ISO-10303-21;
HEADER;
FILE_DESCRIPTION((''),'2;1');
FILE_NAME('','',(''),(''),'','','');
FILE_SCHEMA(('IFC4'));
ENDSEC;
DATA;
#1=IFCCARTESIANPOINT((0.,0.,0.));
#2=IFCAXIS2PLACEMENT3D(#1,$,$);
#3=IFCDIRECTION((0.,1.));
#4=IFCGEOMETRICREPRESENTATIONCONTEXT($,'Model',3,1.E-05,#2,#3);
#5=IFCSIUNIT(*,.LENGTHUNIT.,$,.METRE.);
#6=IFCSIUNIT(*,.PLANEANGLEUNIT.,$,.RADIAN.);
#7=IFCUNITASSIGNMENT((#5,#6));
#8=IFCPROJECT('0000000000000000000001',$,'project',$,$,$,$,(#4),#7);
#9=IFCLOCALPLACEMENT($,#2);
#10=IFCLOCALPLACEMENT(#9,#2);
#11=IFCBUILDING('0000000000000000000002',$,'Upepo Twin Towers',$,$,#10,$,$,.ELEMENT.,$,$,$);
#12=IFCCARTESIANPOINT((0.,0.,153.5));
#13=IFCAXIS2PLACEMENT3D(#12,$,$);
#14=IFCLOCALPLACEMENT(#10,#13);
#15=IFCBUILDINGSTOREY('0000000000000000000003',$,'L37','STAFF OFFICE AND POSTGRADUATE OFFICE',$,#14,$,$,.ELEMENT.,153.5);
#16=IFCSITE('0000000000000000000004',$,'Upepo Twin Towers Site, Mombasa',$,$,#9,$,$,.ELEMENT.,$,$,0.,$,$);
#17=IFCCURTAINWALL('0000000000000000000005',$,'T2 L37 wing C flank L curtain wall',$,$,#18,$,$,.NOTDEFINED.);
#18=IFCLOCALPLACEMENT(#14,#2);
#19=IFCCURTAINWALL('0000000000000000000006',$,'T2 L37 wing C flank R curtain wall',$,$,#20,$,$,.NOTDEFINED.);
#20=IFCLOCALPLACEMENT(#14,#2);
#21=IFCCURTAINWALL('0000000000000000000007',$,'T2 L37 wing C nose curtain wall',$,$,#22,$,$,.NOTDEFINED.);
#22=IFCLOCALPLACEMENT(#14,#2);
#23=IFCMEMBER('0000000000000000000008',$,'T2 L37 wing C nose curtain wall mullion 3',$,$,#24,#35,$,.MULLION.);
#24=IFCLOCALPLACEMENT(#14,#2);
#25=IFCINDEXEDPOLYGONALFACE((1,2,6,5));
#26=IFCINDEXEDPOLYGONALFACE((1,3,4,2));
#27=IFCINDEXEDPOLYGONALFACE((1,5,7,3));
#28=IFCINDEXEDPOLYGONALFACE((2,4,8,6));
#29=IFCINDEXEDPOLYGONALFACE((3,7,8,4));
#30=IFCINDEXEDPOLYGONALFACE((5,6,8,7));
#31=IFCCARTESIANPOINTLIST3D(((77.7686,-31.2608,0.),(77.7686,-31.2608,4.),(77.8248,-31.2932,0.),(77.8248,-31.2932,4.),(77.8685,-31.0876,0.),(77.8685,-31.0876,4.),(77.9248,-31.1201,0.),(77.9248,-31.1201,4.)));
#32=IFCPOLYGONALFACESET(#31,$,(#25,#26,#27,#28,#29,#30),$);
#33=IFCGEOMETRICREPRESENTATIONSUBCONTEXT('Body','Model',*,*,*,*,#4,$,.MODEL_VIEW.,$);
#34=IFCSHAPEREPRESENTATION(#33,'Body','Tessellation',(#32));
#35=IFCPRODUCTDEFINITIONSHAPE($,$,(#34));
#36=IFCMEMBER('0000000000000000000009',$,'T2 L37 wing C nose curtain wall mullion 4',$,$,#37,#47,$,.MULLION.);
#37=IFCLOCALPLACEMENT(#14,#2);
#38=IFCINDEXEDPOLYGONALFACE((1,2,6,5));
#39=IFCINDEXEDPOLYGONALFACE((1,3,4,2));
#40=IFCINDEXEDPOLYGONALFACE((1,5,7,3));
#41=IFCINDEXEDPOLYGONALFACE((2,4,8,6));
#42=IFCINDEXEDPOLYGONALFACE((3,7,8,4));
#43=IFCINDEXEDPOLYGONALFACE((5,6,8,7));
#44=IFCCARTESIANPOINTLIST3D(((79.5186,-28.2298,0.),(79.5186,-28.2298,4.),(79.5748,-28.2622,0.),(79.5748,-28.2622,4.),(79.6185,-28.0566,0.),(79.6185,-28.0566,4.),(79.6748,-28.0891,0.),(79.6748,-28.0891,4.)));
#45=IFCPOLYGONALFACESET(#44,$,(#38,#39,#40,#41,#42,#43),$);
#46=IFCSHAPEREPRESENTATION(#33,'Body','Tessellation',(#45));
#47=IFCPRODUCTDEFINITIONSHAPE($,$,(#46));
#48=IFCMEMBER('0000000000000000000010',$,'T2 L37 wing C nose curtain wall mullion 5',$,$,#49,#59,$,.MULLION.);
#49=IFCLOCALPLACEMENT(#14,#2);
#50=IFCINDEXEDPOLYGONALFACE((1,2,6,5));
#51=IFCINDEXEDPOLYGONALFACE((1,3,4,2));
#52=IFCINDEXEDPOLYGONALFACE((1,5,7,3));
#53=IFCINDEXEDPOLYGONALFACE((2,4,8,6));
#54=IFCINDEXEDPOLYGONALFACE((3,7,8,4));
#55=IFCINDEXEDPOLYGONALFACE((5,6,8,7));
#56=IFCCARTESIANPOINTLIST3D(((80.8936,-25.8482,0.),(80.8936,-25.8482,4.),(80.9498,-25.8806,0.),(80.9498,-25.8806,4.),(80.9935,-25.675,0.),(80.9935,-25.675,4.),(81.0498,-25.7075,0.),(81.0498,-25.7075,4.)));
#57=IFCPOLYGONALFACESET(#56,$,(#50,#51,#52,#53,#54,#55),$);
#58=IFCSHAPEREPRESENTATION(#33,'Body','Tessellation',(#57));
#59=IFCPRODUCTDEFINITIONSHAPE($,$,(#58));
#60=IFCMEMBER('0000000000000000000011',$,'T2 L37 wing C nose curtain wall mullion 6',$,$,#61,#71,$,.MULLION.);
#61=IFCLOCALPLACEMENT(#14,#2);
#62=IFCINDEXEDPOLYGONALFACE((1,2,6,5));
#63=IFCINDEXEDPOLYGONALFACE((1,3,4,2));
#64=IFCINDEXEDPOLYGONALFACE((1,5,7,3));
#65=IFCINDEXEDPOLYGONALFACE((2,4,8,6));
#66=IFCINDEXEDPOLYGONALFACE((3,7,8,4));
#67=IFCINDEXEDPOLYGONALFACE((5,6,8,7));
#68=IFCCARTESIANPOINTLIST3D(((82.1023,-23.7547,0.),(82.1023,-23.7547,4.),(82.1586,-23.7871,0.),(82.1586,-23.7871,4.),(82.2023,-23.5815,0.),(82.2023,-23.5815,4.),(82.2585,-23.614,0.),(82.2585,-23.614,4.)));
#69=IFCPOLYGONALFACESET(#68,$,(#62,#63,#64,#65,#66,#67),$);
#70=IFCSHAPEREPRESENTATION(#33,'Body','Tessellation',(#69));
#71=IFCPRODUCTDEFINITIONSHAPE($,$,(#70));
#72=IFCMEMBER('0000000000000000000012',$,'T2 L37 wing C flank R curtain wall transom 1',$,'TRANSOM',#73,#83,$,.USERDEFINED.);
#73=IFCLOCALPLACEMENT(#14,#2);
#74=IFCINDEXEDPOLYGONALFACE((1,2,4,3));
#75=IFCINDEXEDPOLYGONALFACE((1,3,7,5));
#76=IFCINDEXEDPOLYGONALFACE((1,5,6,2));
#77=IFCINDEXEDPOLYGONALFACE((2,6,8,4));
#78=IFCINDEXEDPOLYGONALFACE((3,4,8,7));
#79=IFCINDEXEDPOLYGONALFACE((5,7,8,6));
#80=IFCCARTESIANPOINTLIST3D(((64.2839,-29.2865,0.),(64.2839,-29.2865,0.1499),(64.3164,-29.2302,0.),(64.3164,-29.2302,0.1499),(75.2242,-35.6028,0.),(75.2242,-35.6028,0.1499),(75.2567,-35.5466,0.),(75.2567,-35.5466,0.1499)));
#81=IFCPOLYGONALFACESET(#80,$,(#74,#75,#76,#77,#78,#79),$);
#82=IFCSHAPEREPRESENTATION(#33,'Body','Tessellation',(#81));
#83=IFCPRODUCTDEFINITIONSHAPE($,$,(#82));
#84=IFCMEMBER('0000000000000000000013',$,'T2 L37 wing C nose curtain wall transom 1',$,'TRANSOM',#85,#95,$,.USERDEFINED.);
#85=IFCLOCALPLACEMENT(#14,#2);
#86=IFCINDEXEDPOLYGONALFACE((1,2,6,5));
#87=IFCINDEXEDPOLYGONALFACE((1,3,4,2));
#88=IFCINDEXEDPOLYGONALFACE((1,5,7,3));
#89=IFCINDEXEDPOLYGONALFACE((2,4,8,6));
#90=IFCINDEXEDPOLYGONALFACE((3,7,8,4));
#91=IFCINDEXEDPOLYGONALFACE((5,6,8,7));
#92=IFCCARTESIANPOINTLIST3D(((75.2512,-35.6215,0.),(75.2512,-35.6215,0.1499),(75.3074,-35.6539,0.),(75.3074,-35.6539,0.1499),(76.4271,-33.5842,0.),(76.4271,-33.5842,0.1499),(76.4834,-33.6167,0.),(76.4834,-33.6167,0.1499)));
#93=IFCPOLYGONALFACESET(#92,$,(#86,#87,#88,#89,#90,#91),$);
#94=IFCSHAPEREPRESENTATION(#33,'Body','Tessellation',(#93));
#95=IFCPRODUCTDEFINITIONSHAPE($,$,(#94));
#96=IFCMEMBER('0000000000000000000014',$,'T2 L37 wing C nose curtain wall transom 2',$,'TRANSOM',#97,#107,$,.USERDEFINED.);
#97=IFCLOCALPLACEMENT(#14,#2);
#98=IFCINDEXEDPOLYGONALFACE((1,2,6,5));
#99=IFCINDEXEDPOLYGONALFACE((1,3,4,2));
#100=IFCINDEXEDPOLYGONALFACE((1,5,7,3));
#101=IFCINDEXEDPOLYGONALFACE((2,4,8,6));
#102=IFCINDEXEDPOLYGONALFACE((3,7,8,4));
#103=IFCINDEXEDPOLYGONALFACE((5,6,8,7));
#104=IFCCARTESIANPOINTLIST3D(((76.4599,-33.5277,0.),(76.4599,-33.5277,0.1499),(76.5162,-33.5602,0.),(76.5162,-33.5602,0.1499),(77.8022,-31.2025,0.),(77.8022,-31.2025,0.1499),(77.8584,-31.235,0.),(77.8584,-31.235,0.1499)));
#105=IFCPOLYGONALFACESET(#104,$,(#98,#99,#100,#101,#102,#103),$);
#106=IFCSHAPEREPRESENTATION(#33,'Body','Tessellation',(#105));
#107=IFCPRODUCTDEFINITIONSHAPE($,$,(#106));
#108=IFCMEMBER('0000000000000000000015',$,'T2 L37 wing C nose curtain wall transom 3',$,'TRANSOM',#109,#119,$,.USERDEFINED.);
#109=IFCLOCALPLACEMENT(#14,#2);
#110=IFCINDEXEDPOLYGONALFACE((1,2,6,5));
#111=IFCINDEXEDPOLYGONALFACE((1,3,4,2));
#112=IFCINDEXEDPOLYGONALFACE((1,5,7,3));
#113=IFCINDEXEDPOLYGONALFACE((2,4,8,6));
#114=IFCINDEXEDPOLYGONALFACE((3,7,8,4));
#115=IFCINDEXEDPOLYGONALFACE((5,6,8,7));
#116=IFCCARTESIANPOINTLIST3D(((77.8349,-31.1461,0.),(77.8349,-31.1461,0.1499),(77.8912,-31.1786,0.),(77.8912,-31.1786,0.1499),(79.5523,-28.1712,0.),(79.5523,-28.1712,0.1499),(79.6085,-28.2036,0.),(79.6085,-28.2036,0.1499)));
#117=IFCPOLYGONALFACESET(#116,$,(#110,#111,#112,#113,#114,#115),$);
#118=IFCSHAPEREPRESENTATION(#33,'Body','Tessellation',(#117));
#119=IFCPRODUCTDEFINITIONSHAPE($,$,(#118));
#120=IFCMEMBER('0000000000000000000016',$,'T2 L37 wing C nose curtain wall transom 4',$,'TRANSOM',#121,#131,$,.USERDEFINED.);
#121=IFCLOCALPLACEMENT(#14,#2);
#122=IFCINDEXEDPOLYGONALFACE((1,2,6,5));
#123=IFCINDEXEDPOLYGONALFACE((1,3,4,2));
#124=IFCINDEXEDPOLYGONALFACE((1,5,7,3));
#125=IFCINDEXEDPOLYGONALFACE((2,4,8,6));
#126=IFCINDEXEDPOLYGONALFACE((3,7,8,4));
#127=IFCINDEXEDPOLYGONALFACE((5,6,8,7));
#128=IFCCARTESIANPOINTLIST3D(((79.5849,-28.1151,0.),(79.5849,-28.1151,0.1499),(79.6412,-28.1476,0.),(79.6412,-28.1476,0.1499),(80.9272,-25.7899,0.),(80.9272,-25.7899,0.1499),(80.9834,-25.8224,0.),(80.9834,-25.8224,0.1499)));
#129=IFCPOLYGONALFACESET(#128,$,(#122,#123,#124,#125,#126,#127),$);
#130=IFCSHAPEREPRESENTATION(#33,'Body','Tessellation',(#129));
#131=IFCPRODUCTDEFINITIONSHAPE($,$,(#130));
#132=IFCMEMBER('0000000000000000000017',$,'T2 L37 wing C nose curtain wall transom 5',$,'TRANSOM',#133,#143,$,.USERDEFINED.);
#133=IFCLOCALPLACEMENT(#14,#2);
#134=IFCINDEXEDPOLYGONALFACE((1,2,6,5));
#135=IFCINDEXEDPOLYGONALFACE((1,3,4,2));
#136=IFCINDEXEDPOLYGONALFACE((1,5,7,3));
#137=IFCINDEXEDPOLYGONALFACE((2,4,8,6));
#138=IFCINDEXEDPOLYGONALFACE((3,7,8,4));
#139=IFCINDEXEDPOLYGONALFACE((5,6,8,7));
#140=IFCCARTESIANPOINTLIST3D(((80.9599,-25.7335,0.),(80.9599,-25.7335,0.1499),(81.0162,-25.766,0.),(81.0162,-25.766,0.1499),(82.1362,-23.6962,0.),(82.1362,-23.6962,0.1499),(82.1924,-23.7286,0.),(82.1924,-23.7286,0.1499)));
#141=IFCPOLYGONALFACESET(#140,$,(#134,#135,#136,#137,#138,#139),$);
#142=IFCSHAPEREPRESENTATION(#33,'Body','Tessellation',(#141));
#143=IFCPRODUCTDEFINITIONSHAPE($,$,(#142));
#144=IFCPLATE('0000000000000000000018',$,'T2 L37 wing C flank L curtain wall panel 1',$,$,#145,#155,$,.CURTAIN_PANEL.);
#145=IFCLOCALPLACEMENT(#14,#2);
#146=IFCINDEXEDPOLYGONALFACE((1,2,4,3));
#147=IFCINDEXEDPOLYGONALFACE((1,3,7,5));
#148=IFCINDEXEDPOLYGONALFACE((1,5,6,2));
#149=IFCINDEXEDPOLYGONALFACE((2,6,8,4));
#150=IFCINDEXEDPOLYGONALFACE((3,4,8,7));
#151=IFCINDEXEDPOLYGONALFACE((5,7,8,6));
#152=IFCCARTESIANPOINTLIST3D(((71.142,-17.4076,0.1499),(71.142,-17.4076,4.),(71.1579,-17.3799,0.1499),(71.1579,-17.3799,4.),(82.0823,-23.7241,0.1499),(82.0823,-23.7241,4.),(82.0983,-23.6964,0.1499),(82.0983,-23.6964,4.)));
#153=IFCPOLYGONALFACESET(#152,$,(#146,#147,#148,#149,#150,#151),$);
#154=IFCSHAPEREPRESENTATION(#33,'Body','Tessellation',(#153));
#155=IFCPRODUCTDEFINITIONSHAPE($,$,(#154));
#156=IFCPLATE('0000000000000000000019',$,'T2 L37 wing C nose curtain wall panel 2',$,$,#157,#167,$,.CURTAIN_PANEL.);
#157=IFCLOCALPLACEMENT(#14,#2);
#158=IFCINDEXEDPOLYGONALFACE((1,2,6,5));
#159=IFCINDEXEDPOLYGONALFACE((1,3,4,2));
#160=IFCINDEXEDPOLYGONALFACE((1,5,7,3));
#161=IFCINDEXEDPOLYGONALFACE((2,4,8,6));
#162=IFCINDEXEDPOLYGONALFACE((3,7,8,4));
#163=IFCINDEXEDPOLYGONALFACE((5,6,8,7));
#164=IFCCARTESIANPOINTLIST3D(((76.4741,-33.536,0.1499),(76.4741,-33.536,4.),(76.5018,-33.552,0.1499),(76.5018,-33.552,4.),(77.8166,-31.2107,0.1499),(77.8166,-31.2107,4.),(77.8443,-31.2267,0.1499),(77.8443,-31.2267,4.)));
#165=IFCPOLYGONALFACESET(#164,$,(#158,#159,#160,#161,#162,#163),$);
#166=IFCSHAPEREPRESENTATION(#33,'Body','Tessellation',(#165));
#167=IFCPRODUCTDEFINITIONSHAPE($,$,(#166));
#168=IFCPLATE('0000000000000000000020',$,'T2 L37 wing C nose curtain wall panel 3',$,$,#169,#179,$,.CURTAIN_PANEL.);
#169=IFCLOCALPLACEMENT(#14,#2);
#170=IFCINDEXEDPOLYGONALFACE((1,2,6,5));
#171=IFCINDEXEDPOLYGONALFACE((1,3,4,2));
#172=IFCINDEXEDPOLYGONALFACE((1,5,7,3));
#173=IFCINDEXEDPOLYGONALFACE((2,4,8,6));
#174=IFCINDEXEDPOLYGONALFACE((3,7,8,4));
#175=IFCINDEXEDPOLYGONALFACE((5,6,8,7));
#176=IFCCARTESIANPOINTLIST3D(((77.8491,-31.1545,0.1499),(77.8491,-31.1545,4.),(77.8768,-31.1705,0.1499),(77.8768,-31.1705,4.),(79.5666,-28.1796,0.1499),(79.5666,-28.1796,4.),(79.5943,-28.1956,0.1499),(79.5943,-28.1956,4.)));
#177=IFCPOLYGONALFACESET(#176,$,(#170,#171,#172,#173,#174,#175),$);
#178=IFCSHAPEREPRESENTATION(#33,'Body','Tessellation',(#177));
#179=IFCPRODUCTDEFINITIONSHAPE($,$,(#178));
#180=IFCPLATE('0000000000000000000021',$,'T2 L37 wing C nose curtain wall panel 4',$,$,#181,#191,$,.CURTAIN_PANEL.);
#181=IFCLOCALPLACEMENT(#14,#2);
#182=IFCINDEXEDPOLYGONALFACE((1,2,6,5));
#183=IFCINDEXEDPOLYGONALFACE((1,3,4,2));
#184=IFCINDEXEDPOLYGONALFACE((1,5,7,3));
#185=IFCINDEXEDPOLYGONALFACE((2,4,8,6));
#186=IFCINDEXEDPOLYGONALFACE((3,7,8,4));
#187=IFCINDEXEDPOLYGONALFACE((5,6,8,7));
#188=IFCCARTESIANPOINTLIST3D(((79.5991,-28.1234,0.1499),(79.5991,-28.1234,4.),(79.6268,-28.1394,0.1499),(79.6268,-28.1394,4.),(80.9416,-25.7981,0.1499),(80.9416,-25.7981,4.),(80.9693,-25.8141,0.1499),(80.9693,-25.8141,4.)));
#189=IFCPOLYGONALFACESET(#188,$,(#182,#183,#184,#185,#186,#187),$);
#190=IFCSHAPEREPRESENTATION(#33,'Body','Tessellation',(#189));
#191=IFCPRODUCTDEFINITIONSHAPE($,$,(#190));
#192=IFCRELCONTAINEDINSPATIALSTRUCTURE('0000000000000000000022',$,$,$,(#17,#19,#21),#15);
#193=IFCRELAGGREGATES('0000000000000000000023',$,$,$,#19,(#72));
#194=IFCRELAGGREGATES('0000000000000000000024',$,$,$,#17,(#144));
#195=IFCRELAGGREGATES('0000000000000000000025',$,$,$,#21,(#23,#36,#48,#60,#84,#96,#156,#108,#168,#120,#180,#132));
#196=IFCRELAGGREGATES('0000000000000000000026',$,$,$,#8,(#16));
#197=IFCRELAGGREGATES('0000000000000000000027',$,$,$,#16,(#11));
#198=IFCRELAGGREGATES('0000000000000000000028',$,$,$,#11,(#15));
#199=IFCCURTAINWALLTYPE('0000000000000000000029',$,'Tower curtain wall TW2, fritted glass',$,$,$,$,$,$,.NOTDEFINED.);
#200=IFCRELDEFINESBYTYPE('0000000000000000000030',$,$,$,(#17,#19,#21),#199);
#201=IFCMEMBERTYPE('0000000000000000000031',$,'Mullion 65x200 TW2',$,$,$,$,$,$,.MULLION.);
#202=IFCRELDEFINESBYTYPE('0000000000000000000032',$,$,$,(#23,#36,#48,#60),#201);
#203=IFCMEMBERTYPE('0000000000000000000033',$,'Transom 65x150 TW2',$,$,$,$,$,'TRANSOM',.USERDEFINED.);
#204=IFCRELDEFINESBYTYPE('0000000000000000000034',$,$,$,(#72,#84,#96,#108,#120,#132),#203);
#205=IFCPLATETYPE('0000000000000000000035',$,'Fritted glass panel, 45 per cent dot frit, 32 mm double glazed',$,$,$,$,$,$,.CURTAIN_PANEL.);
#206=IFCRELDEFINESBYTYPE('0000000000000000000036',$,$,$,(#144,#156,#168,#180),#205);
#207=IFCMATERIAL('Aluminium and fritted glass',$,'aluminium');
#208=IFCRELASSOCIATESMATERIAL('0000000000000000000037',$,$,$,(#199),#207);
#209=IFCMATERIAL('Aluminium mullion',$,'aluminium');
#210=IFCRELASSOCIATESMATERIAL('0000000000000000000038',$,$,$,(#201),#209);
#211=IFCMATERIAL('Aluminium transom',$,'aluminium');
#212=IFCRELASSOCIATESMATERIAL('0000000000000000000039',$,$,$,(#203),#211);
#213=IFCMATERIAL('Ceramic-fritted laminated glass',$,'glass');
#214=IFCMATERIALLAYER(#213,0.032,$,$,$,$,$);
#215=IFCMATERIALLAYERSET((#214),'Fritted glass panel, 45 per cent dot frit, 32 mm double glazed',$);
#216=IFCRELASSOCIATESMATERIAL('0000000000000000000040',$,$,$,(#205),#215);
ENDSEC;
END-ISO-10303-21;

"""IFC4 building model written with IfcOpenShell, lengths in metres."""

from ifc_helpers import new_model, si_unit, direction, frame, origin, origin_2d, place, context, subcontext, project, spatial, rectangle, extrude, material, layer, layer_set, material_profile, profile_set, type_object, element, aggregate, save


model = new_model("IFC4")

# Units and contexts
model_context = context("Model", 3, precision=1e-05, world=origin(), true_north=direction((0.0, 1.0)))
body_context = subcontext(model_context, "Body", "Model", "MODEL_VIEW")
ifc_project = project(units=[si_unit("LENGTHUNIT", "METRE"), si_unit("PLANEANGLEUNIT", "RADIAN")], contexts=[model_context])

# Site, building, storey
site_placement = place(None, origin())
site = spatial("IfcSite", under=ifc_project, at=site_placement, Name="Upepo Twin Towers Site, Mombasa", CompositionType="ELEMENT", RefElevation=0.0)
building_placement = place(site_placement, origin())
building = spatial("IfcBuilding", under=site, at=building_placement, Name="Upepo Twin Towers", CompositionType="ELEMENT")
storey_placement = place(building_placement, frame((0.0, 0.0, 153.5)))
storey = spatial("IfcBuildingStorey", under=building, at=storey_placement, Name="L37", Description="STAFF OFFICE AND POSTGRADUATE OFFICE", CompositionType="ELEMENT", Elevation=153.5)

# Curtain walls
ifc_material_1 = material(Name="Aluminium and fritted glass", Category="aluminium")
curtain_wall_type = type_object("IfcCurtainWallType", Name="Tower curtain wall TW2, fritted glass", PredefinedType="NOTDEFINED", material=ifc_material_1)
curtain_wall_1_placement = place(storey_placement, origin())
curtain_wall_1 = element("IfcCurtainWall", 1, at=curtain_wall_1_placement, inside=storey, type_object=curtain_wall_type, Name="T2 L37 wing C flank L curtain wall", PredefinedType="NOTDEFINED")
ifc_material_2 = material(Name="Aluminium mullion", Category="aluminium")
ifc_material_profile_1 = material_profile(ifc_material_2, rectangle(XDim=0.0649, YDim=0.2, at=origin_2d()), Name="MULLION 65x200")
ifc_profile_set_1 = profile_set([ifc_material_profile_1], Name="Aluminium mullion")
member_type_1 = type_object("IfcMemberType", Name="Mullion 65x200 TW2", PredefinedType="MULLION", material=ifc_profile_set_1)
curtain_wall_2_placement = place(storey_placement, origin())
curtain_wall_2 = element("IfcCurtainWall", 2, at=curtain_wall_2_placement, inside=storey, type_object=curtain_wall_type, Name="T2 L37 wing C flank R curtain wall", PredefinedType="NOTDEFINED")

# Curtain wall, members
curtain_wall_3_placement = place(storey_placement, origin())
curtain_wall_3 = element("IfcCurtainWall", 3, at=curtain_wall_3_placement, inside=storey, type_object=curtain_wall_type, Name="T2 L37 wing C nose curtain wall", PredefinedType="NOTDEFINED")
member_1_placement = place(storey_placement, frame((77.8467, -31.1904, 0.0), z_axis=(0.0, 0.0, 1.0), x_axis=(-0.866025, 0.5, 0.0)))
member_1 = element("IfcMember", 4, at=member_1_placement, type_object=member_type_1, Name="T2 L37 wing C nose curtain wall mullion 3", PredefinedType="MULLION", context=body_context, shape_type="SweptSolid", body=[
    extrude(rectangle(XDim=0.0649, YDim=0.2, at=origin_2d()), origin(), (0.0, 0.0, 1.0), 4.0),
])
member_2_placement = place(storey_placement, frame((79.5967, -28.1594, 0.0), z_axis=(0.0, 0.0, 1.0), x_axis=(-0.866025, 0.5, 0.0)))
member_2 = element("IfcMember", 5, at=member_2_placement, type_object=member_type_1, Name="T2 L37 wing C nose curtain wall mullion 4", PredefinedType="MULLION", context=body_context, shape_type="SweptSolid", body=[
    extrude(rectangle(XDim=0.0649, YDim=0.2, at=origin_2d()), origin(), (0.0, 0.0, 1.0), 4.0),
])
member_3_placement = place(storey_placement, frame((80.9717, -25.7778, 0.0), z_axis=(0.0, 0.0, 1.0), x_axis=(-0.866025, 0.5, 0.0)))
member_3 = element("IfcMember", 6, at=member_3_placement, type_object=member_type_1, Name="T2 L37 wing C nose curtain wall mullion 5", PredefinedType="MULLION", context=body_context, shape_type="SweptSolid", body=[
    extrude(rectangle(XDim=0.0649, YDim=0.2, at=origin_2d()), origin(), (0.0, 0.0, 1.0), 4.0),
])
member_4_placement = place(storey_placement, frame((82.1804, -23.6843, 0.0), z_axis=(0.0, 0.0, 1.0), x_axis=(-0.866025, 0.5, 0.0)))
member_4 = element("IfcMember", 7, at=member_4_placement, type_object=member_type_1, Name="T2 L37 wing C nose curtain wall mullion 6", PredefinedType="MULLION", context=body_context, shape_type="SweptSolid", body=[
    extrude(rectangle(XDim=0.0649, YDim=0.2, at=origin_2d()), origin(), (0.0, 0.0, 1.0), 4.0),
])

# Members
ifc_material_3 = material(Name="Aluminium transom", Category="aluminium")
ifc_material_profile_2 = material_profile(ifc_material_3, rectangle(XDim=0.0649, YDim=0.1499, at=origin_2d()), Name="TRANSOM 65x150")
ifc_profile_set_2 = profile_set([ifc_material_profile_2], Name="Aluminium transom")
member_type_2 = type_object("IfcMemberType", Name="Transom 65x150 TW2", ElementType="TRANSOM", PredefinedType="USERDEFINED", material=ifc_profile_set_2)
member_5_placement = place(storey_placement, frame((75.2405, -35.5747, 0.075), z_axis=(-0.866027, 0.499997, 0.0), x_axis=(-0.499997, -0.866027, 0.0)))
member_5 = element("IfcMember", 8, at=member_5_placement, type_object=member_type_2, Name="T2 L37 wing C flank R curtain wall transom 1", ObjectType="TRANSOM", PredefinedType="USERDEFINED", context=body_context, shape_type="SweptSolid", body=[
    extrude(rectangle(XDim=0.0649, YDim=0.1499, at=origin_2d()), origin(), (0.0, 0.0, 1.0), 12.6328),
])
aggregate(curtain_wall_2, [member_5])
member_6_placement = place(storey_placement, frame((75.2793, -35.6377, 0.075), z_axis=(0.499923, 0.86607, 0.0), x_axis=(-0.86607, 0.499923, 0.0)))
member_6 = element("IfcMember", 9, at=member_6_placement, type_object=member_type_2, Name="T2 L37 wing C nose curtain wall transom 1", ObjectType="TRANSOM", PredefinedType="USERDEFINED", context=body_context, shape_type="SweptSolid", body=[
    extrude(rectangle(XDim=0.0649, YDim=0.1499, at=origin_2d()), origin(), (0.0, 0.0, 1.0), 2.3523),
])
member_7_placement = place(storey_placement, frame((76.488, -33.5439, 0.075), z_axis=(0.499953, 0.866052, 0.0), x_axis=(-0.866052, 0.499953, 0.0)))
member_7 = element("IfcMember", 10, at=member_7_placement, type_object=member_type_2, Name="T2 L37 wing C nose curtain wall transom 2", ObjectType="TRANSOM", PredefinedType="USERDEFINED", context=body_context, shape_type="SweptSolid", body=[
    extrude(rectangle(XDim=0.0649, YDim=0.1499, at=origin_2d()), origin(), (0.0, 0.0, 1.0), 2.6848),
])
member_8_placement = place(storey_placement, frame((77.863, -31.1624, 0.075), z_axis=(0.499946, 0.866057, 0.0), x_axis=(-0.866057, 0.499946, 0.0)))
member_8 = element("IfcMember", 11, at=member_8_placement, type_object=member_type_2, Name="T2 L37 wing C nose curtain wall transom 3", ObjectType="TRANSOM", PredefinedType="USERDEFINED", context=body_context, shape_type="SweptSolid", body=[
    extrude(rectangle(XDim=0.0649, YDim=0.1499, at=origin_2d()), origin(), (0.0, 0.0, 1.0), 3.4351),
])
member_9_placement = place(storey_placement, frame((79.613, -28.1313, 0.075), z_axis=(0.499953, 0.866052, 0.0), x_axis=(-0.866052, 0.499953, 0.0)))
member_9 = element("IfcMember", 12, at=member_9_placement, type_object=member_type_2, Name="T2 L37 wing C nose curtain wall transom 4", ObjectType="TRANSOM", PredefinedType="USERDEFINED", context=body_context, shape_type="SweptSolid", body=[
    extrude(rectangle(XDim=0.0649, YDim=0.1499, at=origin_2d()), origin(), (0.0, 0.0, 1.0), 2.6848),
])
member_10_placement = place(storey_placement, frame((80.988, -25.7498, 0.075), z_axis=(0.500001, 0.866025, 0.0), x_axis=(-0.866025, 0.500001, 0.0)))
member_10 = element("IfcMember", 13, at=member_10_placement, type_object=member_type_2, Name="T2 L37 wing C nose curtain wall transom 5", ObjectType="TRANSOM", PredefinedType="USERDEFINED", context=body_context, shape_type="SweptSolid", body=[
    extrude(rectangle(XDim=0.0649, YDim=0.1499, at=origin_2d()), origin(), (0.0, 0.0, 1.0), 2.3525),
])

# Plates
ifc_material_4 = material(Name="Ceramic-fritted laminated glass", Category="glass")
ifc_layer_1 = layer(ifc_material_4, 0.032)
ifc_layer_set_1 = layer_set([ifc_layer_1], Name="Fritted glass panel, 45 per cent dot frit, 32 mm double glazed")
plate_type_1 = type_object("IfcPlateType", Name="Fritted glass panel, 45 per cent dot frit, 32 mm double glazed", PredefinedType="CURTAIN_PANEL", material=ifc_layer_set_1)
plate_1_placement = place(storey_placement, frame((76.6201, -20.552, 0.1499), z_axis=(0.0, 0.0, 1.0), x_axis=(0.866025, -0.5, 0.0)))
plate_1 = element("IfcPlate", 14, at=plate_1_placement, type_object=plate_type_1, Name="T2 L37 wing C flank L curtain wall panel 1", PredefinedType="CURTAIN_PANEL", context=body_context, shape_type="SweptSolid", body=[
    extrude(rectangle(XDim=12.6328, YDim=0.032, at=origin_2d()), origin(), (0.0, 0.0, 1.0), 3.8501),
])
aggregate(curtain_wall_1, [plate_1])
plate_2_placement = place(storey_placement, frame((77.1592, -32.3813, 0.1499), z_axis=(0.0, 0.0, 1.0), x_axis=(0.5, 0.866025, 0.0)))
plate_2 = element("IfcPlate", 15, at=plate_2_placement, type_object=plate_type_1, Name="T2 L37 wing C nose curtain wall panel 2", PredefinedType="CURTAIN_PANEL", context=body_context, shape_type="SweptSolid", body=[
    extrude(rectangle(XDim=2.6851, YDim=0.032, at=origin_2d()), origin(), (0.0, 0.0, 1.0), 3.8501),
])
plate_3_placement = place(storey_placement, frame((78.7217, -29.675, 0.1499), z_axis=(0.0, 0.0, 1.0), x_axis=(0.5, 0.866025, 0.0)))
plate_3 = element("IfcPlate", 16, at=plate_3_placement, type_object=plate_type_1, Name="T2 L37 wing C nose curtain wall panel 3", PredefinedType="CURTAIN_PANEL", context=body_context, shape_type="SweptSolid", body=[
    extrude(rectangle(XDim=3.4351, YDim=0.032, at=origin_2d()), origin(), (0.0, 0.0, 1.0), 3.8501),
])
plate_4_placement = place(storey_placement, frame((80.2842, -26.9688, 0.1499), z_axis=(0.0, 0.0, 1.0), x_axis=(0.5, 0.866025, 0.0)))
plate_4 = element("IfcPlate", 17, at=plate_4_placement, type_object=plate_type_1, Name="T2 L37 wing C nose curtain wall panel 4", PredefinedType="CURTAIN_PANEL", context=body_context, shape_type="SweptSolid", body=[
    extrude(rectangle(XDim=2.6851, YDim=0.032, at=origin_2d()), origin(), (0.0, 0.0, 1.0), 3.8501),
])
aggregate(curtain_wall_3, [member_1, member_2, member_3, member_4, member_6, member_7, plate_2, member_8, plate_3, member_9, plate_4, member_10])

save(model, "model.ifc")
